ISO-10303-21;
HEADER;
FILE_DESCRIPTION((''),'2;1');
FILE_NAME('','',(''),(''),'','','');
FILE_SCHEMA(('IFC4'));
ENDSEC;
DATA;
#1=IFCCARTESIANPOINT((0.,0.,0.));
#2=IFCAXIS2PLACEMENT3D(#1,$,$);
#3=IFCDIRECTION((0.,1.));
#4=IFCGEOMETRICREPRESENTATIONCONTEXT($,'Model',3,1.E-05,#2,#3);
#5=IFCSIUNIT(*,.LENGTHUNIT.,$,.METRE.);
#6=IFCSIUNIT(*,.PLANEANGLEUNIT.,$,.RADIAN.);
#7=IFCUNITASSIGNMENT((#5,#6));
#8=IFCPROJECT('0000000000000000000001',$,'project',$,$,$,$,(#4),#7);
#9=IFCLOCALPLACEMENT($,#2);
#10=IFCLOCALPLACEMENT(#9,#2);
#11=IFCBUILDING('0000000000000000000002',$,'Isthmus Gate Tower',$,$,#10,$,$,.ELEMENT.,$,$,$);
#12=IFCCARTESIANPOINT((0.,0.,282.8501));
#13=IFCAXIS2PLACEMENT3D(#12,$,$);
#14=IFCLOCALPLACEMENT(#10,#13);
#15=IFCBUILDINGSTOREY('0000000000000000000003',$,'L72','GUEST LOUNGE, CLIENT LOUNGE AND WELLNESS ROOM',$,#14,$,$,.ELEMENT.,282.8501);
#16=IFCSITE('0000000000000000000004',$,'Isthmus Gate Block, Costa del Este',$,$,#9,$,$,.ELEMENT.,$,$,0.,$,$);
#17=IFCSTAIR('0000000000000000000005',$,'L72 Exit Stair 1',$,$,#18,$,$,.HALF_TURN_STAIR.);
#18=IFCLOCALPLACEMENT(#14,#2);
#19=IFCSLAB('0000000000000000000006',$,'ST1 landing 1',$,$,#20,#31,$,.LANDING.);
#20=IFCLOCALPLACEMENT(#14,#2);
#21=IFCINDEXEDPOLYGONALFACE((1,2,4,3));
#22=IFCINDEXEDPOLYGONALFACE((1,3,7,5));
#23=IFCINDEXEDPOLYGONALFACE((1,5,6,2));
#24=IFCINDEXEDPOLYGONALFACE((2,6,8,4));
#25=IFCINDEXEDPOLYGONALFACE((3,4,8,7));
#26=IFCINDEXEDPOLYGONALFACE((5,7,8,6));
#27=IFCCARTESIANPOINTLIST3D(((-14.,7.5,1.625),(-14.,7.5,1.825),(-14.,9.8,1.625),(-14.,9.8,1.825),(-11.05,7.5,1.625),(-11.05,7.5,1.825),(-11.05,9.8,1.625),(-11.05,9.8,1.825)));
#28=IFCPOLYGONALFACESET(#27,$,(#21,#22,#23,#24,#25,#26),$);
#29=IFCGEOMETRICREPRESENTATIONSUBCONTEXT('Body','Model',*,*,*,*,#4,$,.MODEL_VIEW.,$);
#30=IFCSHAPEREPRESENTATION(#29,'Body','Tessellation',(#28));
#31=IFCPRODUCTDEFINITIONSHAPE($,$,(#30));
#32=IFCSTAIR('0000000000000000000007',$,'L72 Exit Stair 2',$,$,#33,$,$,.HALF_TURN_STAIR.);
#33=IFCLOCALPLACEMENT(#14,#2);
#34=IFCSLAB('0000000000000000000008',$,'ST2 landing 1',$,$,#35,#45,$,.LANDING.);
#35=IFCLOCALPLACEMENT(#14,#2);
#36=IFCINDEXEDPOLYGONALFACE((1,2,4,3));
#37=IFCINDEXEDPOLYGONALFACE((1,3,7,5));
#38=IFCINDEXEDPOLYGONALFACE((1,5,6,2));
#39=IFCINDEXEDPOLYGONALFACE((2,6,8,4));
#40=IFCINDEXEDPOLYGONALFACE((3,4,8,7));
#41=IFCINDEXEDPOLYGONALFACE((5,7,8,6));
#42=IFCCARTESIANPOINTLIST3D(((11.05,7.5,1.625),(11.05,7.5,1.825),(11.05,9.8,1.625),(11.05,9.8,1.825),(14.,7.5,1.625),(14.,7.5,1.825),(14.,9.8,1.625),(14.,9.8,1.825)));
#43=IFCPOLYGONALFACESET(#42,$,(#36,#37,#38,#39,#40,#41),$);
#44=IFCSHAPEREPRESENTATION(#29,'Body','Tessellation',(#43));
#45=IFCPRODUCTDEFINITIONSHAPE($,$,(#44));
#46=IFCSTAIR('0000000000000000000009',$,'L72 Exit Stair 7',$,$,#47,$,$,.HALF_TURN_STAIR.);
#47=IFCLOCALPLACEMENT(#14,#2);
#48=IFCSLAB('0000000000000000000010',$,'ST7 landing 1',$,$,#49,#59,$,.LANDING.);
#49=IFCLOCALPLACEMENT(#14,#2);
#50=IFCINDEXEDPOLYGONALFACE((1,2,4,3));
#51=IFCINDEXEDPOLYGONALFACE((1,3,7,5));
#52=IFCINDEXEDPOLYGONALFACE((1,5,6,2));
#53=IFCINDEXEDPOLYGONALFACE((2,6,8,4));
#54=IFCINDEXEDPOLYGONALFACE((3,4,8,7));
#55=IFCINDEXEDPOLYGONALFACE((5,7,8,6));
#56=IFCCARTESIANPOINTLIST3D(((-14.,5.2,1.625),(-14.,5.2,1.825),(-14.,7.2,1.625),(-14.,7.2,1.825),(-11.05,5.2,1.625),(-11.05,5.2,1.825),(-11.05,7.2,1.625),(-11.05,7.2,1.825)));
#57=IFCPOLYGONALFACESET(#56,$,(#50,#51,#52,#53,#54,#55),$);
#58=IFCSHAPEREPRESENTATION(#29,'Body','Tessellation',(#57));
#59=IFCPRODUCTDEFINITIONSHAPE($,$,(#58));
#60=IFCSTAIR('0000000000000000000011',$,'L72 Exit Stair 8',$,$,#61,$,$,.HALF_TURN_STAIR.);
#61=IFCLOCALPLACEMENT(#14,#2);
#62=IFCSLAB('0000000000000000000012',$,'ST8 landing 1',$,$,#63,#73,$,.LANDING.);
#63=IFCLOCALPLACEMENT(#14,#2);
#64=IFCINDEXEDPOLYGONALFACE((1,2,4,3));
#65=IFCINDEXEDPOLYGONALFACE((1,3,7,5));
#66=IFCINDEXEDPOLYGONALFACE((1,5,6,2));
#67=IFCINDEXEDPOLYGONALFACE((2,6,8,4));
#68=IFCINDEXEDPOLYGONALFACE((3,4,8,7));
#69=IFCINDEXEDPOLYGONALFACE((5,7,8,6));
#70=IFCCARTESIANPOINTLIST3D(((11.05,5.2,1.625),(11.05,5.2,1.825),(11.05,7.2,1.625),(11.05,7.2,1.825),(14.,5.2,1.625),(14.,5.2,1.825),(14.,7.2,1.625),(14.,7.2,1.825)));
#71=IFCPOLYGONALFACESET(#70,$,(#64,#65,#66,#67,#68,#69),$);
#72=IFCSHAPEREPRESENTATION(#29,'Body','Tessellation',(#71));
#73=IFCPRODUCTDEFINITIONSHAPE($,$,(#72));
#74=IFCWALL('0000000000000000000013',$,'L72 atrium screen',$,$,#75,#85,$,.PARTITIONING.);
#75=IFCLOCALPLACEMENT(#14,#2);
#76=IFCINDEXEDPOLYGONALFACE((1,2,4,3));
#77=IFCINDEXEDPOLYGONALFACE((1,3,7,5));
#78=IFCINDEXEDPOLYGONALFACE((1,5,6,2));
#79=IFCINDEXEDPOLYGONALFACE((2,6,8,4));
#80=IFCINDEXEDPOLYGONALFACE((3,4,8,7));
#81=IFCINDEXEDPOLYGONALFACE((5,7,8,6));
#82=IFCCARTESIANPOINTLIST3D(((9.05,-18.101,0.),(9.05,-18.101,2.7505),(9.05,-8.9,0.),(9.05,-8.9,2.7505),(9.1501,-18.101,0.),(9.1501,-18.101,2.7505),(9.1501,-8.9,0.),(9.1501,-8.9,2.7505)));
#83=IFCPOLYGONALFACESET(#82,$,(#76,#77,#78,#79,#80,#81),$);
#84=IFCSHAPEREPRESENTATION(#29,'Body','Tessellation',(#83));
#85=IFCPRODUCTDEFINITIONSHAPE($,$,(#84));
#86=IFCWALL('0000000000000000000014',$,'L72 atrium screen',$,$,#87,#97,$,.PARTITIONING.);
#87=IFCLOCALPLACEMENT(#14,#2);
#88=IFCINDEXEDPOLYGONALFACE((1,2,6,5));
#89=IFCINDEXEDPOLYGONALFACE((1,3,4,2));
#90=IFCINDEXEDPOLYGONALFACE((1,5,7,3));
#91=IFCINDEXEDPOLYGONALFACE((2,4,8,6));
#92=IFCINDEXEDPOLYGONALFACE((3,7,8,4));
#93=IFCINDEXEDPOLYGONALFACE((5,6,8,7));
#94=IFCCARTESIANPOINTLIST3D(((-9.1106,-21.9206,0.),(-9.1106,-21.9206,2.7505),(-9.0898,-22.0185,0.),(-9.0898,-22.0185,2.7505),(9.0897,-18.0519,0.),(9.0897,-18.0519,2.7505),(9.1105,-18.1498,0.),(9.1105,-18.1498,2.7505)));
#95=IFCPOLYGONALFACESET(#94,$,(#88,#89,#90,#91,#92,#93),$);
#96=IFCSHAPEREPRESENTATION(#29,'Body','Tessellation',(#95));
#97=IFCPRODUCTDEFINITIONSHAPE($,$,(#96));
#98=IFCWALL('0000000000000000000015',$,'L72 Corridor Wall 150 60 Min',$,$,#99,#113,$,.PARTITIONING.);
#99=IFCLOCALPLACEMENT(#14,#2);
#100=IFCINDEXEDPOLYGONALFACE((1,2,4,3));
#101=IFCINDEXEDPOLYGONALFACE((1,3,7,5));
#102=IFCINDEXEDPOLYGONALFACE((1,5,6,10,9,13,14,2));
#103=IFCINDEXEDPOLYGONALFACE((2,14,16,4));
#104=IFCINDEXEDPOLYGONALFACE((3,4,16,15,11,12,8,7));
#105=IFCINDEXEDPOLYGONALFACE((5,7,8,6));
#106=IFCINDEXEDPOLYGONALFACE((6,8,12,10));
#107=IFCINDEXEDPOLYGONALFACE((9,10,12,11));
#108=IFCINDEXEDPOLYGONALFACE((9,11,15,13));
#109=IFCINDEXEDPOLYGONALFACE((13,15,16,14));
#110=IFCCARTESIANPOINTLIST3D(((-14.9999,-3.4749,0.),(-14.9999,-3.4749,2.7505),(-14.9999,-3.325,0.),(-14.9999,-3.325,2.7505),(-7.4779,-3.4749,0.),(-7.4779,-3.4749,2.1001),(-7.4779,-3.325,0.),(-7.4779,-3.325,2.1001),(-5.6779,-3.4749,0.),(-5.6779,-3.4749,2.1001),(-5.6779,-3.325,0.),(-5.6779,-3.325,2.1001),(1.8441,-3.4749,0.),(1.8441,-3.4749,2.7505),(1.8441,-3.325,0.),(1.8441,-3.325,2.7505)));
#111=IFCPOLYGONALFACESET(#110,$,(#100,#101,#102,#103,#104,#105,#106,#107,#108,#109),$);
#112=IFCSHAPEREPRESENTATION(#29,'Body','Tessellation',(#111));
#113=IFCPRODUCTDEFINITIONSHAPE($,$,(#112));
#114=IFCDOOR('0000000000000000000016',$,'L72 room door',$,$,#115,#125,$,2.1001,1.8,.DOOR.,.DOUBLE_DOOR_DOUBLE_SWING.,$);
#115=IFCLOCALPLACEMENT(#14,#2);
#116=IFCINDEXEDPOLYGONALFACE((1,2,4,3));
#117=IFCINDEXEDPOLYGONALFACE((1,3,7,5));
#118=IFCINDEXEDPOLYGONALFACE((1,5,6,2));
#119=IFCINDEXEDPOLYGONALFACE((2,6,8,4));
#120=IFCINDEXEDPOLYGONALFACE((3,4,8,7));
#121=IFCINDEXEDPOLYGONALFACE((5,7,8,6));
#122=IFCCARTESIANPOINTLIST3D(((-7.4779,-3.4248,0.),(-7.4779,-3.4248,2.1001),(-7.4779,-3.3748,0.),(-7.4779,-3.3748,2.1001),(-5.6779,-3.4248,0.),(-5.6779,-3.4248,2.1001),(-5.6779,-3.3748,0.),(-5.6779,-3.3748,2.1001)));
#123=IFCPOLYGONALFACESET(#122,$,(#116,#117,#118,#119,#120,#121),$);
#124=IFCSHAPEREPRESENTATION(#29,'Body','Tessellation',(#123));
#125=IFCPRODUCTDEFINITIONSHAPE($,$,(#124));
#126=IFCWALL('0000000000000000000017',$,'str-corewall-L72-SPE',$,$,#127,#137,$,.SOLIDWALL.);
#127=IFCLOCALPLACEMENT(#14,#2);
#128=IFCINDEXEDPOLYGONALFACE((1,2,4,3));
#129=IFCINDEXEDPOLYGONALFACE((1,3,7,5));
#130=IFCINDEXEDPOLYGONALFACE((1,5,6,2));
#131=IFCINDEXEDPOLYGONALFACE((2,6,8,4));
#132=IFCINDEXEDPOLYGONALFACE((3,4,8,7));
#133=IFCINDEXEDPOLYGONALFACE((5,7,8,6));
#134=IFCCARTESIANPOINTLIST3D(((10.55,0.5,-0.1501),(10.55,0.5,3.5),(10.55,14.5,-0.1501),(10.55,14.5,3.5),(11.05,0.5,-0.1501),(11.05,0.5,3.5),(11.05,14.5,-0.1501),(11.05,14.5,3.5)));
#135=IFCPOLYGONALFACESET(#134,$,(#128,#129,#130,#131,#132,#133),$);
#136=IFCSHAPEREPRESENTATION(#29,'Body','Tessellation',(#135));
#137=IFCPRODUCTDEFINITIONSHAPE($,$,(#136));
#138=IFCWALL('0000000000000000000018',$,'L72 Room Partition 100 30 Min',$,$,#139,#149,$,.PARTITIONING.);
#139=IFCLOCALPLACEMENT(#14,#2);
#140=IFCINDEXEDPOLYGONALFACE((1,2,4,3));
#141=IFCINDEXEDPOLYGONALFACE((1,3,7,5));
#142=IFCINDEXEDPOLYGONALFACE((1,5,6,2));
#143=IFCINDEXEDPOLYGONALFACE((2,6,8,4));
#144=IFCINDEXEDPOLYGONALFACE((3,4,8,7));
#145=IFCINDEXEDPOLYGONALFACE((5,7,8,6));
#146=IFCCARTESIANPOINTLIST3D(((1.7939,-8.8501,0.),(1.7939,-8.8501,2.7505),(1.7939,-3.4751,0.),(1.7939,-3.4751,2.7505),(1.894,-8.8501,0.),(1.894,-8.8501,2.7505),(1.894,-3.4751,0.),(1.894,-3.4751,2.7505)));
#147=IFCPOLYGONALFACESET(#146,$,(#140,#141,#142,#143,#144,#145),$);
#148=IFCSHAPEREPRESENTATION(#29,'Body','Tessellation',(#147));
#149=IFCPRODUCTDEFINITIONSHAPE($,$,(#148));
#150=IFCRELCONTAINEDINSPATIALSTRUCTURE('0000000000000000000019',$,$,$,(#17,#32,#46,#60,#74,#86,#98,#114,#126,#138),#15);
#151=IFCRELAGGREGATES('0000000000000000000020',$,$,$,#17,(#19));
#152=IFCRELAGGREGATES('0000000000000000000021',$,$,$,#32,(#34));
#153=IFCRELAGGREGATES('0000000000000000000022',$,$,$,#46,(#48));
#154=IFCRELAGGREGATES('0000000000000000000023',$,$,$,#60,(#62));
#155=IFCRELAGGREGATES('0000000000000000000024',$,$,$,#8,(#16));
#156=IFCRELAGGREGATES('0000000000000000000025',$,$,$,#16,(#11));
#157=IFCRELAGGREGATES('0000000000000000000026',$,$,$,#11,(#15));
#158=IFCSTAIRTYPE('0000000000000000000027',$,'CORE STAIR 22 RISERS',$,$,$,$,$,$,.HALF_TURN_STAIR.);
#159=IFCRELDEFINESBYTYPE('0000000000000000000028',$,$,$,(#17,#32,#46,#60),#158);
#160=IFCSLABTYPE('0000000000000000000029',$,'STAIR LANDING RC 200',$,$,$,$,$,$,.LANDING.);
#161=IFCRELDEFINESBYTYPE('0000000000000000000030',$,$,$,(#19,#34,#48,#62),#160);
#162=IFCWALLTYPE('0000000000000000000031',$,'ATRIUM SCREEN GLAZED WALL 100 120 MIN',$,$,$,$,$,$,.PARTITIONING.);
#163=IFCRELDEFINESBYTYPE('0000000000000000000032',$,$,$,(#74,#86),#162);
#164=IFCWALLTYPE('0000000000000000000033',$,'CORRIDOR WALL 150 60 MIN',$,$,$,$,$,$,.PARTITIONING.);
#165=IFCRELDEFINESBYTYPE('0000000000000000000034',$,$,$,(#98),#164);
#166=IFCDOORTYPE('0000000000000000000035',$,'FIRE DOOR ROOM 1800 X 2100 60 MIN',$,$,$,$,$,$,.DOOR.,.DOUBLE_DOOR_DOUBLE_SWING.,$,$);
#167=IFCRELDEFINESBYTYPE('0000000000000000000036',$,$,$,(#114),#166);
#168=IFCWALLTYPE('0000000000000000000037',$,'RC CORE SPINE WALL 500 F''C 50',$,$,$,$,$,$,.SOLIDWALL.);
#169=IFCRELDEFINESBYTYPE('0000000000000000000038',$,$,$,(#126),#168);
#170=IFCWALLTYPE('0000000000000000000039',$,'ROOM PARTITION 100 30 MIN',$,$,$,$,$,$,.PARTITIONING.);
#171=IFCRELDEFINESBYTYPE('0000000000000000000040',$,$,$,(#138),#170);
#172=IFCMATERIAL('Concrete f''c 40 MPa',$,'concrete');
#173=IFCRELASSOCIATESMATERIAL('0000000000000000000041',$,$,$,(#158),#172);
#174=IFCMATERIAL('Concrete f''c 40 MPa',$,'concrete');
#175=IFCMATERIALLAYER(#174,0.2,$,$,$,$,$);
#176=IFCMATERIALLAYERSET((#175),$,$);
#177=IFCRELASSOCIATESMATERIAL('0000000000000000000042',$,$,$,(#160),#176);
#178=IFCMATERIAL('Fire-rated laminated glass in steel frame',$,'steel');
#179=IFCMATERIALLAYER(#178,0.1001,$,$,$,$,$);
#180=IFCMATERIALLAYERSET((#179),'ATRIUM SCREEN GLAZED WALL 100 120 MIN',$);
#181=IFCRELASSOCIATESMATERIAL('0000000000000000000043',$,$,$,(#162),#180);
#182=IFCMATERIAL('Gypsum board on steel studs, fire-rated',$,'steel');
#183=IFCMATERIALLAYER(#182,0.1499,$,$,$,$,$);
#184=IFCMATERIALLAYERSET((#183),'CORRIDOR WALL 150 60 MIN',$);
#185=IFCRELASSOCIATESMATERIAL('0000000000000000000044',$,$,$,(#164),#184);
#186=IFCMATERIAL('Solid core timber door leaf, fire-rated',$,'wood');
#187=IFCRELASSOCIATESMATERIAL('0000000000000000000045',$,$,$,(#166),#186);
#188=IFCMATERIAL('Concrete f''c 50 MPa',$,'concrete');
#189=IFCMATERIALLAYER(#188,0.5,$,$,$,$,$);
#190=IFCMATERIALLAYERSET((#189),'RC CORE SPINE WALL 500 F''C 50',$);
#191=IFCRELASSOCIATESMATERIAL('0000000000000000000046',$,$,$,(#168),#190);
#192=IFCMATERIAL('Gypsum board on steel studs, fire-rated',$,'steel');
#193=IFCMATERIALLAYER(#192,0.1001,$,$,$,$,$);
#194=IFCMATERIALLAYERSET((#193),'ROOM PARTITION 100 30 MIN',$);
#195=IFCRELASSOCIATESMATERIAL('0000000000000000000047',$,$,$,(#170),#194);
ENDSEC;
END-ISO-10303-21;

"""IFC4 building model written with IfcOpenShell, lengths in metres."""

from ifc_helpers import new_model, si_unit, direction, frame, frame_2d, origin, place, context, subcontext, project, spatial, polyline, rectangle, outline, extrude, material, layer, layer_set, type_object, element, fill, aggregate, save


model = new_model("IFC4")

# Units and contexts
model_context = context("Model", 3, precision=1e-05, world=origin(), true_north=direction((0.0, 1.0)))
body_context = subcontext(model_context, "Body", "Model", "MODEL_VIEW")
ifc_project = project(units=[si_unit("LENGTHUNIT", "METRE"), si_unit("PLANEANGLEUNIT", "RADIAN")], contexts=[model_context])

# Site, building, storey
site_placement = place(None, origin())
site = spatial("IfcSite", under=ifc_project, at=site_placement, Name="Isthmus Gate Block, Costa del Este", CompositionType="ELEMENT", RefElevation=0.0)
building_placement = place(site_placement, origin())
building = spatial("IfcBuilding", under=site, at=building_placement, Name="Isthmus Gate Tower", CompositionType="ELEMENT")
storey_placement = place(building_placement, frame((0.0, 0.0, 282.8501)))
storey = spatial("IfcBuildingStorey", under=building, at=storey_placement, Name="L72", Description="GUEST LOUNGE, CLIENT LOUNGE AND WELLNESS ROOM", CompositionType="ELEMENT", Elevation=282.8501)

# Stairs, slabs
ifc_material_1 = material(Name="Concrete f'c 40 MPa", Category="concrete")
stair_type = type_object("IfcStairType", Name="CORE STAIR 22 RISERS", PredefinedType="HALF_TURN_STAIR", material=ifc_material_1)
stair_1_placement = place(storey_placement, origin())
stair_1 = element("IfcStair", 1, at=stair_1_placement, inside=storey, type_object=stair_type, Name="L72 Exit Stair 1", PredefinedType="HALF_TURN_STAIR")
ifc_material_2 = material(Name="Concrete f'c 40 MPa", Category="concrete")
ifc_layer_1 = layer(ifc_material_2, 0.2)
ifc_layer_set_1 = layer_set([ifc_layer_1])
slab_type_1 = type_object("IfcSlabType", Name="STAIR LANDING RC 200", PredefinedType="LANDING", material=ifc_layer_set_1)
slab_1_placement = place(storey_placement, frame((0.0, 0.0, 1.625)))
slab_1 = element("IfcSlab", 2, at=slab_1_placement, type_object=slab_type_1, Name="ST1 landing 1", PredefinedType="LANDING", context=body_context, shape_type="SweptSolid", body=[
    extrude(outline(polyline([(-14.0, 9.8), (-14.0, 7.5), (-11.05, 7.5), (-11.05, 9.8), (-14.0, 9.8)])), origin(), (0.0, 0.0, 1.0), 0.2),
])
aggregate(stair_1, [slab_1])
stair_2_placement = place(storey_placement, origin())
stair_2 = element("IfcStair", 3, at=stair_2_placement, inside=storey, type_object=stair_type, Name="L72 Exit Stair 2", PredefinedType="HALF_TURN_STAIR")
slab_2_placement = place(storey_placement, frame((0.0, 0.0, 1.625)))
slab_2 = element("IfcSlab", 4, at=slab_2_placement, type_object=slab_type_1, Name="ST2 landing 1", PredefinedType="LANDING", context=body_context, shape_type="SweptSolid", body=[
    extrude(outline(polyline([(11.05, 9.8), (11.05, 7.5), (14.0, 7.5), (14.0, 9.8), (11.05, 9.8)])), origin(), (0.0, 0.0, 1.0), 0.2),
])
aggregate(stair_2, [slab_2])
stair_3_placement = place(storey_placement, origin())
stair_3 = element("IfcStair", 5, at=stair_3_placement, inside=storey, type_object=stair_type, Name="L72 Exit Stair 7", PredefinedType="HALF_TURN_STAIR")
slab_3_placement = place(storey_placement, frame((0.0, 0.0, 1.625)))
slab_3 = element("IfcSlab", 6, at=slab_3_placement, type_object=slab_type_1, Name="ST7 landing 1", PredefinedType="LANDING", context=body_context, shape_type="SweptSolid", body=[
    extrude(outline(polyline([(-11.05, 5.2), (-11.05, 7.2), (-14.0, 7.2), (-14.0, 5.2), (-11.05, 5.2)])), origin(), (0.0, 0.0, 1.0), 0.2),
])
aggregate(stair_3, [slab_3])
stair_4_placement = place(storey_placement, origin())
stair_4 = element("IfcStair", 7, at=stair_4_placement, inside=storey, type_object=stair_type, Name="L72 Exit Stair 8", PredefinedType="HALF_TURN_STAIR")
slab_4_placement = place(storey_placement, frame((0.0, 0.0, 1.625)))
slab_4 = element("IfcSlab", 8, at=slab_4_placement, type_object=slab_type_1, Name="ST8 landing 1", PredefinedType="LANDING", context=body_context, shape_type="SweptSolid", body=[
    extrude(outline(polyline([(14.0, 5.2), (14.0, 7.2), (11.05, 7.2), (11.05, 5.2), (14.0, 5.2)])), origin(), (0.0, 0.0, 1.0), 0.2),
])
aggregate(stair_4, [slab_4])

# Walls
ifc_material_3 = material(Name="Fire-rated laminated glass in steel frame", Category="steel")
ifc_layer_2 = layer(ifc_material_3, 0.1001)
ifc_layer_set_2 = layer_set([ifc_layer_2], Name="ATRIUM SCREEN GLAZED WALL 100 120 MIN")
wall_type_1 = type_object("IfcWallType", Name="ATRIUM SCREEN GLAZED WALL 100 120 MIN", PredefinedType="PARTITIONING", material=ifc_layer_set_2)
wall_1_placement = place(storey_placement, frame((9.1001, -8.8999, 0.0), z_axis=(0.0, 0.0, 1.0), x_axis=(0.0, -1.0, 0.0)))
element("IfcWall", 9, at=wall_1_placement, inside=storey, type_object=wall_type_1, Name="L72 atrium screen", PredefinedType="PARTITIONING", context=body_context, shape_type="SweptSolid", body=[
    extrude(rectangle(XDim=9.2009, YDim=0.1001, at=frame_2d((4.6006, 0.0))), origin(), (0.0, 0.0, 1.0), 2.7505),
])
wall_2_placement = place(storey_placement, frame((9.1001, -18.1008, 0.0), z_axis=(0.0, 0.0, 1.0), x_axis=(-0.978147, -0.207916, 0.0)))
element("IfcWall", 10, at=wall_2_placement, inside=storey, type_object=wall_type_1, Name="L72 atrium screen", PredefinedType="PARTITIONING", context=body_context, shape_type="SweptSolid", body=[
    extrude(rectangle(XDim=18.6069, YDim=0.1001, at=frame_2d((9.3035, 0.0))), origin(), (0.0, 0.0, 1.0), 2.7505),
])

# Wall, opening, door
ifc_material_4 = material(Name="Gypsum board on steel studs, fire-rated", Category="steel")
ifc_layer_3 = layer(ifc_material_4, 0.1499)
ifc_layer_set_3 = layer_set([ifc_layer_3], Name="CORRIDOR WALL 150 60 MIN")
wall_type_2 = type_object("IfcWallType", Name="CORRIDOR WALL 150 60 MIN", PredefinedType="PARTITIONING", material=ifc_layer_set_3)
wall_3_placement = place(storey_placement, frame((1.844, -3.3999, 0.0), z_axis=(0.0, 0.0, 1.0), x_axis=(-1.0, 0.0, 0.0)))
wall_3 = element("IfcWall", 11, at=wall_3_placement, inside=storey, type_object=wall_type_2, Name="L72 Corridor Wall 150 60 Min", PredefinedType="PARTITIONING", context=body_context, shape_type="SweptSolid", body=[
    extrude(rectangle(XDim=16.844, YDim=0.1499, at=frame_2d((8.4219, 0.0))), origin(), (0.0, 0.0, 1.0), 2.7505),
])
opening_placement = place(wall_3_placement, frame((7.522, 0.0, 0.0)))
opening = element("IfcOpeningElement", 12, at=opening_placement, cuts=wall_3, PredefinedType="OPENING", context=body_context, shape_type="SweptSolid", body=[
    extrude(rectangle(XDim=1.8, YDim=2.1001, at=frame_2d((0.8999, 1.05))), frame((0.0, 0.085, 0.0), z_axis=(0.0, -1.0, 0.0), x_axis=(1.0, 0.0, 0.0)), (0.0, 0.0, 1.0), 0.1699),
])
ifc_material_5 = material(Name="Solid core timber door leaf, fire-rated", Category="wood")
door_type = type_object("IfcDoorType", Name="FIRE DOOR ROOM 1800 X 2100 60 MIN", OperationType="DOUBLE_DOOR_DOUBLE_SWING", PredefinedType="DOOR", material=ifc_material_5)
door_placement = place(opening_placement, origin())
door = element("IfcDoor", 13, at=door_placement, inside=storey, type_object=door_type, Name="L72 room door", OperationType="DOUBLE_DOOR_DOUBLE_SWING", OverallHeight=2.1001, OverallWidth=1.8, PredefinedType="DOOR", context=body_context, shape_type="SweptSolid", body=[
    extrude(rectangle(XDim=1.8, YDim=2.1001, at=frame_2d((0.8999, 1.05))), frame((0.0, 0.0249, 0.0), z_axis=(0.0, -1.0, 0.0), x_axis=(1.0, 0.0, 0.0)), (0.0, 0.0, 1.0), 0.05),
])
fill(opening, door)

# Walls
ifc_material_6 = material(Name="Concrete f'c 50 MPa", Category="concrete")
ifc_layer_4 = layer(ifc_material_6, 0.5)
ifc_layer_set_4 = layer_set([ifc_layer_4], Name="RC CORE SPINE WALL 500 F'C 50")
wall_type_3 = type_object("IfcWallType", Name="RC CORE SPINE WALL 500 F'C 50", PredefinedType="SOLIDWALL", material=ifc_layer_set_4)
wall_4_placement = place(storey_placement, frame((10.8, 0.5, -0.1501), z_axis=(0.0, 0.0, 1.0), x_axis=(0.0, 1.0, 0.0)))
element("IfcWall", 14, at=wall_4_placement, inside=storey, type_object=wall_type_3, Name="str-corewall-L72-SPE", PredefinedType="SOLIDWALL", context=body_context, shape_type="SweptSolid", body=[
    extrude(rectangle(XDim=14.0, YDim=0.5, at=frame_2d((7.0, 0.0))), origin(), (0.0, 0.0, 1.0), 3.6501),
])
ifc_material_7 = material(Name="Gypsum board on steel studs, fire-rated", Category="steel")
ifc_layer_5 = layer(ifc_material_7, 0.1001)
ifc_layer_set_5 = layer_set([ifc_layer_5], Name="ROOM PARTITION 100 30 MIN")
wall_type_4 = type_object("IfcWallType", Name="ROOM PARTITION 100 30 MIN", PredefinedType="PARTITIONING", material=ifc_layer_set_5)
wall_5_placement = place(storey_placement, frame((1.844, -8.8501, 0.0), z_axis=(0.0, 0.0, 1.0), x_axis=(0.0, 1.0, 0.0)))
element("IfcWall", 15, at=wall_5_placement, inside=storey, type_object=wall_type_4, Name="L72 Room Partition 100 30 Min", PredefinedType="PARTITIONING", context=body_context, shape_type="SweptSolid", body=[
    extrude(rectangle(XDim=5.375, YDim=0.1001, at=frame_2d((2.6875, 0.0))), origin(), (0.0, 0.0, 1.0), 2.7505),
])

save(model, "model.ifc")
